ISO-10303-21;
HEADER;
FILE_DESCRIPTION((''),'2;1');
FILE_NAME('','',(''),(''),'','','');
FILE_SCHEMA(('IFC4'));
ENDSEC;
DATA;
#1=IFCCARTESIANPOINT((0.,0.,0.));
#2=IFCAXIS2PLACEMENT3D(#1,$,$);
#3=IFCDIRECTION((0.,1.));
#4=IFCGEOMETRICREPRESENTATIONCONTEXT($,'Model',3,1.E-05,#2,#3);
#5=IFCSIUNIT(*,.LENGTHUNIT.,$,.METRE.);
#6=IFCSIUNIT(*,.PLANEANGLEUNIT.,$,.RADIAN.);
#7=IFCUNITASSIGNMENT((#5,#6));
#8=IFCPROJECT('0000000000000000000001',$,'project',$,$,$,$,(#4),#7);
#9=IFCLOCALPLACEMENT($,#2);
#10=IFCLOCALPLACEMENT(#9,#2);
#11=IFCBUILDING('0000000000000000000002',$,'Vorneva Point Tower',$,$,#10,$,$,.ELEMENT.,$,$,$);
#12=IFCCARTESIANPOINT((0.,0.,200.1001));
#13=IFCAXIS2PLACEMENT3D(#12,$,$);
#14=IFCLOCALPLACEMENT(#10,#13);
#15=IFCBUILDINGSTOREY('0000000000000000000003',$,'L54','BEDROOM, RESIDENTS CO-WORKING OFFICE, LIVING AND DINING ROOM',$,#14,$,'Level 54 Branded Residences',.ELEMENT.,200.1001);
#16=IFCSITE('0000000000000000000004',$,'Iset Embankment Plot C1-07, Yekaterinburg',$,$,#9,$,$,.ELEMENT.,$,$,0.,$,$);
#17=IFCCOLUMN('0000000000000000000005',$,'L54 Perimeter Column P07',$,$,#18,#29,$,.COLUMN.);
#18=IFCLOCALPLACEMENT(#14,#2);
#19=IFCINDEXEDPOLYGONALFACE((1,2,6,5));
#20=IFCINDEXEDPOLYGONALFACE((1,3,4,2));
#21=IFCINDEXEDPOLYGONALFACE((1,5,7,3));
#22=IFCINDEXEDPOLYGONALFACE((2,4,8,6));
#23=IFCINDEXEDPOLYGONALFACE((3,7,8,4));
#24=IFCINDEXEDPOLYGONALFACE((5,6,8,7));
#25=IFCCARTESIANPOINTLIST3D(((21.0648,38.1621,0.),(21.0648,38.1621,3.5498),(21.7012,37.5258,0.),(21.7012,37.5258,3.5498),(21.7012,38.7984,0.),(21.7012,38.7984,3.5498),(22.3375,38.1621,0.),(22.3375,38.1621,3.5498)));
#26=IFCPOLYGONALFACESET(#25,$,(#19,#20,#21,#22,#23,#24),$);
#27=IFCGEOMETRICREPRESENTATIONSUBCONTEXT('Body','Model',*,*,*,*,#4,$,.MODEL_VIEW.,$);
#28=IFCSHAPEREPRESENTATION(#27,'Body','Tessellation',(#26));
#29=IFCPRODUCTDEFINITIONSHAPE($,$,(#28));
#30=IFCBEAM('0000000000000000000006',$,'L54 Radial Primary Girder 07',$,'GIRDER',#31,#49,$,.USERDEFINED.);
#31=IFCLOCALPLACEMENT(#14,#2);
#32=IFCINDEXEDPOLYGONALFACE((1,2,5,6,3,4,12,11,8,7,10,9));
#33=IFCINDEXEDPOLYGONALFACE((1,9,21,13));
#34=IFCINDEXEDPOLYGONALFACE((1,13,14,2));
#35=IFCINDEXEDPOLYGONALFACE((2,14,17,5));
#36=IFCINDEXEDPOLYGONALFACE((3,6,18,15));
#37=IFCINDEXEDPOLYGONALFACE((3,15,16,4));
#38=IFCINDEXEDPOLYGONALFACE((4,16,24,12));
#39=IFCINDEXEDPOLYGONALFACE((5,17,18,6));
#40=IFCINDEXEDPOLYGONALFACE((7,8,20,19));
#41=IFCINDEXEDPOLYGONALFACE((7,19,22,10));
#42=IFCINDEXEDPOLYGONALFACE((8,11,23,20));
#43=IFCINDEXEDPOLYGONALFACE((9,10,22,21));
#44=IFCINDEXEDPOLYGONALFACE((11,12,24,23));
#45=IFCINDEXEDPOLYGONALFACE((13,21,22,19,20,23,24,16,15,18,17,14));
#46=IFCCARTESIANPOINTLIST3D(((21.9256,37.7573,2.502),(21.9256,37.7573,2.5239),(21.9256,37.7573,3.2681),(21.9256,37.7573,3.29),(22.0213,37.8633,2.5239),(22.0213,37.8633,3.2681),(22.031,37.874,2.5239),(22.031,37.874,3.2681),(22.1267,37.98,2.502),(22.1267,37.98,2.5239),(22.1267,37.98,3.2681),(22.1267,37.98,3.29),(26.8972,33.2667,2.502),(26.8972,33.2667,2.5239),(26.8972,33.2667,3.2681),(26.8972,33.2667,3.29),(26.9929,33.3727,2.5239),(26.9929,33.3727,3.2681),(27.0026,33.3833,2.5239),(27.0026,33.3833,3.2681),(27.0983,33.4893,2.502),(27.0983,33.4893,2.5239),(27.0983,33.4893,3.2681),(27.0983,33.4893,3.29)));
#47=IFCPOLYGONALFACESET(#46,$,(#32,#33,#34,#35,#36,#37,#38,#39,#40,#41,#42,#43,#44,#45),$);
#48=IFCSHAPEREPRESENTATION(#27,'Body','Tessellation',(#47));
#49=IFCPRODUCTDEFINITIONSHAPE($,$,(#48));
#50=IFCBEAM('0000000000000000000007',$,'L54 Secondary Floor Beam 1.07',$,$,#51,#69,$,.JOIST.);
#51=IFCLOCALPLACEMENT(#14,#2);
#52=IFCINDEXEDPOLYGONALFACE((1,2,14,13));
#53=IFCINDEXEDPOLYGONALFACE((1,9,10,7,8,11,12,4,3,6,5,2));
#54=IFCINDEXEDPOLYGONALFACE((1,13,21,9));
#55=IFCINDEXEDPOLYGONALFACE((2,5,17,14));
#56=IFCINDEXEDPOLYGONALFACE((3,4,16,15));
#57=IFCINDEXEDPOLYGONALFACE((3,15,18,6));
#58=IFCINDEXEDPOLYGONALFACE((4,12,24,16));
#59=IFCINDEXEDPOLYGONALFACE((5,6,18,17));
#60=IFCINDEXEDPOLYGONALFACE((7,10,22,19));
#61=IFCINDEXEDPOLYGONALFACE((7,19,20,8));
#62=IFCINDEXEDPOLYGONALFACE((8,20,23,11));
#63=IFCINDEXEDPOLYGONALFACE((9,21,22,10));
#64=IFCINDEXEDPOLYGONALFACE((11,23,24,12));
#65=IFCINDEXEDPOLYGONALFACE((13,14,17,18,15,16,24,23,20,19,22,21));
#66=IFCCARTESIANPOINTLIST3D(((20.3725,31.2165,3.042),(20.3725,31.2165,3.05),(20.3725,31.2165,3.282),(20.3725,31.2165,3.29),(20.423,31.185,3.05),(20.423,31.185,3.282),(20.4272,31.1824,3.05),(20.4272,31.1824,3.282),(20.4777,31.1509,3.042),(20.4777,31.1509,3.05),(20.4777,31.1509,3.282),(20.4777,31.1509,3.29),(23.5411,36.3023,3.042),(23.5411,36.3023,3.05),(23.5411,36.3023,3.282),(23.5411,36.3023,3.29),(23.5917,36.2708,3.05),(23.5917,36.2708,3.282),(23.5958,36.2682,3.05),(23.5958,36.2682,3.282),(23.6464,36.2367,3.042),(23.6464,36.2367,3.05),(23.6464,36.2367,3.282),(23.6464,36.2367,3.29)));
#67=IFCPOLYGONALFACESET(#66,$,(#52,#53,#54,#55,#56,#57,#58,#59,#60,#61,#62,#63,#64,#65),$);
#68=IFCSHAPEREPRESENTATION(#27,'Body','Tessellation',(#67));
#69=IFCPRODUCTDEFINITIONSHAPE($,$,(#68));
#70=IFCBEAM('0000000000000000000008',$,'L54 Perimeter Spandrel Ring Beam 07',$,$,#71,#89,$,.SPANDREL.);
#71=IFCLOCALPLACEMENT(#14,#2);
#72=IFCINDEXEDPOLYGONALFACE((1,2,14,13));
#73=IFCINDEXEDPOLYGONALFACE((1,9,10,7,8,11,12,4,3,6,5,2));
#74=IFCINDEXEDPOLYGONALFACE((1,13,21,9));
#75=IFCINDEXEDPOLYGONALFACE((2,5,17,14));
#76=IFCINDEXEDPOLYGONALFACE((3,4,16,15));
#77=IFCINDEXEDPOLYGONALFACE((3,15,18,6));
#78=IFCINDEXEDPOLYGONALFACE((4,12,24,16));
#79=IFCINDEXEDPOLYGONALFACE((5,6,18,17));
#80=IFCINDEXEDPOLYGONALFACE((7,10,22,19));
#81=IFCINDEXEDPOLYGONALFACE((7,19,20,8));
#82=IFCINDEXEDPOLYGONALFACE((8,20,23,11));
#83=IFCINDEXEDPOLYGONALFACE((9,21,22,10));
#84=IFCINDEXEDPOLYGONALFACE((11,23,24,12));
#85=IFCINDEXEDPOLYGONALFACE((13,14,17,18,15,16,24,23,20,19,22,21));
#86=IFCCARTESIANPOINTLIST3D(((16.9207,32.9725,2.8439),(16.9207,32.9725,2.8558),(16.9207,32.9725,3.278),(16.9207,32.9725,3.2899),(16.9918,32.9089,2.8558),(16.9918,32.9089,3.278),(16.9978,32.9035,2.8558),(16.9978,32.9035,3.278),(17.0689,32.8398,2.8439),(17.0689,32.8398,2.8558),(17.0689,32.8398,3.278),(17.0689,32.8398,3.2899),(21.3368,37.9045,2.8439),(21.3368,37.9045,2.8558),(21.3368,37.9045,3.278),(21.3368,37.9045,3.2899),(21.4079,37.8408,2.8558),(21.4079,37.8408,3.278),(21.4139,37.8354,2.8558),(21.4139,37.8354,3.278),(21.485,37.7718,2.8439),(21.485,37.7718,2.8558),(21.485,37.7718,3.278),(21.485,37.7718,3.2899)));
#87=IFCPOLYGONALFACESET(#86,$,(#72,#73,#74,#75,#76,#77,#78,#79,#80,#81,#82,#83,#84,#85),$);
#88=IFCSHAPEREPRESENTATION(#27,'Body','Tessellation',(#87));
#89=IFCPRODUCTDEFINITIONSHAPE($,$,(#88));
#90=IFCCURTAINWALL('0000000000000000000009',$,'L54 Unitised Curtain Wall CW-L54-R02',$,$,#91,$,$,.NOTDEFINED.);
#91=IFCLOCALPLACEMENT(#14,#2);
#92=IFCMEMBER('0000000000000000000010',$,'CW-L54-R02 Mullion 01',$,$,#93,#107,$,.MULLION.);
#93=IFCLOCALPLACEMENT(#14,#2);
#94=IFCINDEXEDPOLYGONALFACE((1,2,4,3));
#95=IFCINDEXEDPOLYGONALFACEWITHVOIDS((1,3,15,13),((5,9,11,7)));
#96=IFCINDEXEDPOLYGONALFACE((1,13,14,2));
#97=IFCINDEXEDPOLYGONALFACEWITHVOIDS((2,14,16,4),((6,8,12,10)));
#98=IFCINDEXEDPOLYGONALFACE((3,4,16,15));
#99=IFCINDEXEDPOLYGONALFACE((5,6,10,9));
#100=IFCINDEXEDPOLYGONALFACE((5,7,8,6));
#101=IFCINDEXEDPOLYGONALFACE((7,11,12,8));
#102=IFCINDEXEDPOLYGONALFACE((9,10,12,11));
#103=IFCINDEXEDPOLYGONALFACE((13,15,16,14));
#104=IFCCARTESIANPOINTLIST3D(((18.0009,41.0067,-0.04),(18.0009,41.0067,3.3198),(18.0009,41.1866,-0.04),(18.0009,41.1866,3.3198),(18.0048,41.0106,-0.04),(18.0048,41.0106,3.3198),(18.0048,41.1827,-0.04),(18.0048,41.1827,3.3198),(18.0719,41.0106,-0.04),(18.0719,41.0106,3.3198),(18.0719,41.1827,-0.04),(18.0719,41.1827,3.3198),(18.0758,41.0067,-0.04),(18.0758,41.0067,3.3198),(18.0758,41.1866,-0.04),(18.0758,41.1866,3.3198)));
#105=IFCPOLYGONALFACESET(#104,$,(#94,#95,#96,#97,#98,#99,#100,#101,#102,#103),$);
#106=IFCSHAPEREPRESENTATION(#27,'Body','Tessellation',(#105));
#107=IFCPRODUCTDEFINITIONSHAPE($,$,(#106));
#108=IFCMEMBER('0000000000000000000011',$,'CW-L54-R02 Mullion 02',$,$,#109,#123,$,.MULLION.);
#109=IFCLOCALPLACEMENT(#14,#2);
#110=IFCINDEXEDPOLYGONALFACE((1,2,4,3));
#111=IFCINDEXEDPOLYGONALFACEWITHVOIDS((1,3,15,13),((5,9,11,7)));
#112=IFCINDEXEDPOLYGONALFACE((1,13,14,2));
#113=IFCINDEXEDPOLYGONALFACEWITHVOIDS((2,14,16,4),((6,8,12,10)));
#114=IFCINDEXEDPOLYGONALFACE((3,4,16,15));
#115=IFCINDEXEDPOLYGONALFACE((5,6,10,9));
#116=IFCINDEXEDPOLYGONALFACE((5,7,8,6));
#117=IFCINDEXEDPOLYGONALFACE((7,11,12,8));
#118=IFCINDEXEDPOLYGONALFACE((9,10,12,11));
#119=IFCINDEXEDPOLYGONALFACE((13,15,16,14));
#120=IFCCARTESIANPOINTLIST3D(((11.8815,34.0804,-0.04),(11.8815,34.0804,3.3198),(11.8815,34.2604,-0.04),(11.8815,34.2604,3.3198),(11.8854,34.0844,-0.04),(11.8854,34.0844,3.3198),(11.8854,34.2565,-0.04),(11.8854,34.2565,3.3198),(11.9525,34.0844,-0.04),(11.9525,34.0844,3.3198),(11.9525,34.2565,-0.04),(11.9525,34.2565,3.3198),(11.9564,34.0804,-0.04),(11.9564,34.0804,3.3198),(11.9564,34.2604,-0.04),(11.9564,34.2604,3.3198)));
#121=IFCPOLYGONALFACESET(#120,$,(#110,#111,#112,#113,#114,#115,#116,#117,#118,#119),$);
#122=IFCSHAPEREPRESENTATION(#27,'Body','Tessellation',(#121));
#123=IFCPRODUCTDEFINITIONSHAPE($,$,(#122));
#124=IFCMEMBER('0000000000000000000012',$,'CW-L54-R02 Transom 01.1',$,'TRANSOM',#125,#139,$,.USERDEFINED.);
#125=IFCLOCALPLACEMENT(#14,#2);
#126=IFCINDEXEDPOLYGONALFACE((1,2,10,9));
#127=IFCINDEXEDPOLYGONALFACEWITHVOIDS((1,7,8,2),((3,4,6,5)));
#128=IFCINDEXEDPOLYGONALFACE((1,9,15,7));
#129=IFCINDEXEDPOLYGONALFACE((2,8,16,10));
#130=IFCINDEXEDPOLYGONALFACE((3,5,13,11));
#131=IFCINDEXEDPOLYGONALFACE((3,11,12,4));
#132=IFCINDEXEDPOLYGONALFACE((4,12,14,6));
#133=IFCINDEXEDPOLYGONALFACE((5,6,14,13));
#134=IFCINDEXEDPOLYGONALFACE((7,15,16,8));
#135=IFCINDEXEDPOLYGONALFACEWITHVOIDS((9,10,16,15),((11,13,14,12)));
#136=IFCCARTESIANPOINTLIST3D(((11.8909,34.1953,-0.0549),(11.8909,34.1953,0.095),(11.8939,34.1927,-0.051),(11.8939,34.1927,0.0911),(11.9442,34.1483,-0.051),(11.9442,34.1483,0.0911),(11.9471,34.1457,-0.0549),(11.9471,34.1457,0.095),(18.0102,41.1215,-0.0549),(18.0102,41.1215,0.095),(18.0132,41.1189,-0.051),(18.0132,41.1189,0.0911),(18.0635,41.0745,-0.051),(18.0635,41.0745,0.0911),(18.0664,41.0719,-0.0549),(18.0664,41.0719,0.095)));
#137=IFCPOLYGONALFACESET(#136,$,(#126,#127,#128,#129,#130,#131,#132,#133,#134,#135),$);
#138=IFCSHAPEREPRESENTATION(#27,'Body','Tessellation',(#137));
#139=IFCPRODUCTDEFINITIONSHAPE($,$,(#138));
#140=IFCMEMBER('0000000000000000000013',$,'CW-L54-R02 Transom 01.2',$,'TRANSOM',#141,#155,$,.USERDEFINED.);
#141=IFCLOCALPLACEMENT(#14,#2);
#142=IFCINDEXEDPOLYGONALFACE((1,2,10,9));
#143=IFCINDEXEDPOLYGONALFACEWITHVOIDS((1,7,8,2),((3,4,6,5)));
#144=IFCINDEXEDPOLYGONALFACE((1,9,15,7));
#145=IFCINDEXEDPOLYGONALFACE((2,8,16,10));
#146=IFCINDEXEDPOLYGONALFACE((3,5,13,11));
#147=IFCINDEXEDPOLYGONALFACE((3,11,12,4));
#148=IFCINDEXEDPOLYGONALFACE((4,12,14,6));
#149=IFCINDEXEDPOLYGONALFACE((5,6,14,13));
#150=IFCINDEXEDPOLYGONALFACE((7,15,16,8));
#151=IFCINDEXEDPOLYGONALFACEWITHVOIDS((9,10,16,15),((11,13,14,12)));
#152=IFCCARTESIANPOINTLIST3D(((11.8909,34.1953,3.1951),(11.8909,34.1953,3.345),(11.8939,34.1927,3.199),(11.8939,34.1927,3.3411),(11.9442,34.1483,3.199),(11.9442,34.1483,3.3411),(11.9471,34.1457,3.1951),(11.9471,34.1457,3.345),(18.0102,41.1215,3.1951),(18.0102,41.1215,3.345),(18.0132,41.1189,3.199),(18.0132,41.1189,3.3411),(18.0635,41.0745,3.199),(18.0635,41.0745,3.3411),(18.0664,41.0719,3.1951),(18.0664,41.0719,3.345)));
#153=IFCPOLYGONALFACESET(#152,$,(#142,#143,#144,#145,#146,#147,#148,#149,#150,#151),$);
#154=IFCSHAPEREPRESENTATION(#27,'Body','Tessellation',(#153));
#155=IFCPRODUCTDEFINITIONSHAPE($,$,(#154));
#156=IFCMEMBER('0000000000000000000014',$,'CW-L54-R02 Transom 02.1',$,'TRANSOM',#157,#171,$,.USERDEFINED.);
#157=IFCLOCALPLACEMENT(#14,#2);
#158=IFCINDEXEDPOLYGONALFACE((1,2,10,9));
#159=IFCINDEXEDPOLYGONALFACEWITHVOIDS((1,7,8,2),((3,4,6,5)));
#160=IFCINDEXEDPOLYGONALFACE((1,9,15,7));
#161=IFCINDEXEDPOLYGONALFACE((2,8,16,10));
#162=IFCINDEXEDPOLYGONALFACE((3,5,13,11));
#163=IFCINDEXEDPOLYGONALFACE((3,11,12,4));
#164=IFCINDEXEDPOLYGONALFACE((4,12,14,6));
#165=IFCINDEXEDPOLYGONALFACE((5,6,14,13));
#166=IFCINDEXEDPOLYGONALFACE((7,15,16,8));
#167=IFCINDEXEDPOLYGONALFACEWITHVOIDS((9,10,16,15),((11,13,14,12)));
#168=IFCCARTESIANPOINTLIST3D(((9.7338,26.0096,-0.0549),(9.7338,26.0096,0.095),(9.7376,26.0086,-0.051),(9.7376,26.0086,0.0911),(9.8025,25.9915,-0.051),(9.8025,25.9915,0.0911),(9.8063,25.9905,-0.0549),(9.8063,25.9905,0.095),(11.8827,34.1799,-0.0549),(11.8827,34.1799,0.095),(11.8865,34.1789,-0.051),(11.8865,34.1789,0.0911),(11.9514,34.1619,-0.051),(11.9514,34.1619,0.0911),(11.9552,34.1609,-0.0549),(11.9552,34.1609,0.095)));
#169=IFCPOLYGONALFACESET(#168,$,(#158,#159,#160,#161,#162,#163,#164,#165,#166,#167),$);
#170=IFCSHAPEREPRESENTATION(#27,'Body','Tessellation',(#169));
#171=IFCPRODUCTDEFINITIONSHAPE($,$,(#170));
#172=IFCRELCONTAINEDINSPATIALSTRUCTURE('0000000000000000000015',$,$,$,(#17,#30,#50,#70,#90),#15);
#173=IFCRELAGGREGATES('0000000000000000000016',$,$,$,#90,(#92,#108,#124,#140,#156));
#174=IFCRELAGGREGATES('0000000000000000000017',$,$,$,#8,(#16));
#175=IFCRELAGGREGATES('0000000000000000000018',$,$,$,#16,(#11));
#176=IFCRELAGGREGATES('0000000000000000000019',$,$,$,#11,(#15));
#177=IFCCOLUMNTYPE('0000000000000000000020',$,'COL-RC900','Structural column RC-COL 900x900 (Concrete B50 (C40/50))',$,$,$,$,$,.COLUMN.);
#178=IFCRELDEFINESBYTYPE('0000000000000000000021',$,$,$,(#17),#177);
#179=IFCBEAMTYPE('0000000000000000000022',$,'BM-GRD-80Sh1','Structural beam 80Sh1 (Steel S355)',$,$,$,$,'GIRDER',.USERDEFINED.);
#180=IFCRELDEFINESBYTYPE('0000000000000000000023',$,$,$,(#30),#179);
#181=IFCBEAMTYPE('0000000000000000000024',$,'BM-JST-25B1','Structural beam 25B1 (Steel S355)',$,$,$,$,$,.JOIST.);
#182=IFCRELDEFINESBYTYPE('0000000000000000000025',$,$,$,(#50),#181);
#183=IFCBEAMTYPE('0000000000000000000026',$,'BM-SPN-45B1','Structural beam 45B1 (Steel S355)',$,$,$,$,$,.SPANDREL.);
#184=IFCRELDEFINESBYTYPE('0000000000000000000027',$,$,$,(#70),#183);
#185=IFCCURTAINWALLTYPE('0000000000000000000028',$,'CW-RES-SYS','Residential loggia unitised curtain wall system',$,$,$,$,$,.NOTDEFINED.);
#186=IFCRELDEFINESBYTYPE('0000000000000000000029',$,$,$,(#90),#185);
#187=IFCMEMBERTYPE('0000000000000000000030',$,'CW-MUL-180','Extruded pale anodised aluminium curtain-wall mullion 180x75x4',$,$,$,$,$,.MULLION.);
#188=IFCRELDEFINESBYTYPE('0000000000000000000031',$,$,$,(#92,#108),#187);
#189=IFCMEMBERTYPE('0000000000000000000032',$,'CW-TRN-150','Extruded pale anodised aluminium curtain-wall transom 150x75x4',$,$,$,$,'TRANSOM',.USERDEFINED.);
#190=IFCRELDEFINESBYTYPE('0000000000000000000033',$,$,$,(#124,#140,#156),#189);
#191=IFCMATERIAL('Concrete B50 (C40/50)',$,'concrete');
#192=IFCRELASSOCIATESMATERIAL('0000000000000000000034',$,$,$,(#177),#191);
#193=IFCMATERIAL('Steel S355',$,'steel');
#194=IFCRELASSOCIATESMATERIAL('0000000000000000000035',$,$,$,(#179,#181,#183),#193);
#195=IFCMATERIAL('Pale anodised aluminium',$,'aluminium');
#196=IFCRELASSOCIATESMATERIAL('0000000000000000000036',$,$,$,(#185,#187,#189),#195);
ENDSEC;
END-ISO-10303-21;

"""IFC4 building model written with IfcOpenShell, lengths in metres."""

from ifc_helpers import new_model, si_unit, direction, frame, origin, origin_2d, place, context, subcontext, project, spatial, rectangle, hollow_rectangle, i_section, extrude, material, material_profile, profile_set, type_object, element, aggregate, save


model = new_model("IFC4")

# Units and contexts
model_context = context("Model", 3, precision=1e-05, world=origin(), true_north=direction((0.0, 1.0)))
body_context = subcontext(model_context, "Body", "Model", "MODEL_VIEW")
ifc_project = project(units=[si_unit("LENGTHUNIT", "METRE"), si_unit("PLANEANGLEUNIT", "RADIAN")], contexts=[model_context])

# Site, building, storey
site_placement = place(None, origin())
site = spatial("IfcSite", under=ifc_project, at=site_placement, Name="Iset Embankment Plot C1-07, Yekaterinburg", CompositionType="ELEMENT", RefElevation=0.0)
building_placement = place(site_placement, origin())
building = spatial("IfcBuilding", under=site, at=building_placement, Name="Vorneva Point Tower", CompositionType="ELEMENT")
storey_placement = place(building_placement, frame((0.0, 0.0, 200.1001)))
storey = spatial("IfcBuildingStorey", under=building, at=storey_placement, Name="L54", Description="BEDROOM, RESIDENTS CO-WORKING OFFICE, LIVING AND DINING ROOM", LongName="Level 54 Branded Residences", CompositionType="ELEMENT", Elevation=200.1001)

# Column
ifc_material_1 = material(Name="Concrete B50 (C40/50)", Category="concrete")
ifc_material_profile_1 = material_profile(ifc_material_1, rectangle(XDim=0.8999, YDim=0.8999, at=origin_2d()), Name="RC-COL 900x900")
ifc_profile_set_1 = profile_set([ifc_material_profile_1], Name="Concrete B50 (C40/50)")
column_type = type_object("IfcColumnType", Name="COL-RC900", Description="Structural column RC-COL 900x900 (Concrete B50 (C40/50))", PredefinedType="COLUMN", material=ifc_profile_set_1)
column_placement = place(storey_placement, frame((21.7012, 38.1621, 0.0), z_axis=(0.0, 0.0, 1.0), x_axis=(-0.707107, 0.707107, 0.0)))
element("IfcColumn", 1, at=column_placement, inside=storey, type_object=column_type, Name="L54 Perimeter Column P07", PredefinedType="COLUMN", context=body_context, shape_type="SweptSolid", body=[
    extrude(rectangle(XDim=0.8999, YDim=0.8999, at=origin_2d()), origin(), (0.0, 0.0, 1.0), 3.5498),
])

# Beams
ifc_material_2 = material(Name="Steel S355", Category="steel")
ifc_material_profile_2 = material_profile(ifc_material_2, i_section(OverallWidth=0.3, OverallDepth=0.7881, WebThickness=0.0144, FlangeThickness=0.022, at=origin_2d()), Name="80Sh1")
ifc_profile_set_2 = profile_set([ifc_material_profile_2], Name="Steel S355")
beam_type_1 = type_object("IfcBeamType", Name="BM-GRD-80Sh1", Description="Structural beam 80Sh1 (Steel S355)", ElementType="GIRDER", PredefinedType="USERDEFINED", material=ifc_profile_set_2)
beam_1_placement = place(storey_placement, frame((22.0261, 37.8687, 2.896), z_axis=(0.74209, -0.670301, 0.0), x_axis=(0.670301, 0.74209, 0.0)))
element("IfcBeam", 2, at=beam_1_placement, inside=storey, type_object=beam_type_1, Name="L54 Radial Primary Girder 07", ObjectType="GIRDER", PredefinedType="USERDEFINED", context=body_context, shape_type="SweptSolid", body=[
    extrude(i_section(OverallWidth=0.3, OverallDepth=0.7881, WebThickness=0.0144, FlangeThickness=0.022, at=origin_2d()), origin(), (0.0, 0.0, 1.0), 6.6995),
])
ifc_material_profile_3 = material_profile(ifc_material_2, i_section(OverallWidth=0.124, OverallDepth=0.248, WebThickness=0.0049, FlangeThickness=0.0081, at=origin_2d()), Name="25B1")
ifc_profile_set_3 = profile_set([ifc_material_profile_3], Name="Steel S355")
beam_type_2 = type_object("IfcBeamType", Name="BM-JST-25B1", Description="Structural beam 25B1 (Steel S355)", PredefinedType="JOIST", material=ifc_profile_set_3)
beam_2_placement = place(storey_placement, frame((23.5938, 36.2695, 3.166), z_axis=(-0.528797, -0.848748, 0.0), x_axis=(0.848748, -0.528797, 0.0)))
element("IfcBeam", 3, at=beam_2_placement, inside=storey, type_object=beam_type_2, Name="L54 Secondary Floor Beam 1.07", PredefinedType="JOIST", context=body_context, shape_type="SweptSolid", body=[
    extrude(i_section(OverallWidth=0.124, OverallDepth=0.248, WebThickness=0.0049, FlangeThickness=0.0081, at=origin_2d()), origin(), (0.0, 0.0, 1.0), 5.9922),
])
ifc_material_profile_4 = material_profile(ifc_material_2, i_section(OverallWidth=0.199, OverallDepth=0.446, WebThickness=0.0081, FlangeThickness=0.012, at=origin_2d()), Name="45B1")
ifc_profile_set_4 = profile_set([ifc_material_profile_4], Name="Steel S355")
beam_type_3 = type_object("IfcBeamType", Name="BM-SPN-45B1", Description="Structural beam 45B1 (Steel S355)", PredefinedType="SPANDREL", material=ifc_profile_set_4)
beam_3_placement = place(storey_placement, frame((21.4109, 37.8381, 3.0669), z_axis=(-0.66707, -0.744995, 0.0), x_axis=(0.744995, -0.66707, 0.0)))
element("IfcBeam", 4, at=beam_3_placement, inside=storey, type_object=beam_type_3, Name="L54 Perimeter Spandrel Ring Beam 07", PredefinedType="SPANDREL", context=body_context, shape_type="SweptSolid", body=[
    extrude(i_section(OverallWidth=0.199, OverallDepth=0.446, WebThickness=0.0081, FlangeThickness=0.012, at=origin_2d()), origin(), (0.0, 0.0, 1.0), 6.6201),
])

# Curtain wall, members
ifc_material_3 = material(Name="Pale anodised aluminium", Category="aluminium")
curtain_wall_type = type_object("IfcCurtainWallType", Name="CW-RES-SYS", Description="Residential loggia unitised curtain wall system", PredefinedType="NOTDEFINED", material=ifc_material_3)
curtain_wall_placement = place(storey_placement, origin())
curtain_wall = element("IfcCurtainWall", 5, at=curtain_wall_placement, inside=storey, type_object=curtain_wall_type, Name="L54 Unitised Curtain Wall CW-L54-R02", PredefinedType="NOTDEFINED")
ifc_material_profile_5 = material_profile(ifc_material_3, hollow_rectangle(XDim=0.075, YDim=0.1799, WallThickness=0.0039, at=origin_2d()), Name="AL-MUL 180x75x4")
ifc_profile_set_5 = profile_set([ifc_material_profile_5], Name="Pale anodised aluminium")
member_type_1 = type_object("IfcMemberType", Name="CW-MUL-180", Description="Extruded pale anodised aluminium curtain-wall mullion 180x75x4", PredefinedType="MULLION", material=ifc_profile_set_5)
member_1_placement = place(storey_placement, frame((18.0383, 41.0967, -0.04), z_axis=(0.0, 0.0, 1.0), x_axis=(1.0, 0.0, 0.0)))
member_1 = element("IfcMember", 6, at=member_1_placement, type_object=member_type_1, Name="CW-L54-R02 Mullion 01", PredefinedType="MULLION", context=body_context, shape_type="SweptSolid", body=[
    extrude(hollow_rectangle(XDim=0.075, YDim=0.1799, WallThickness=0.0039, at=origin_2d()), origin(), (0.0, 0.0, 1.0), 3.3599),
])
member_2_placement = place(storey_placement, frame((11.9189, 34.1704, -0.04), z_axis=(0.0, 0.0, 1.0), x_axis=(1.0, 0.0, 0.0)))
member_2 = element("IfcMember", 7, at=member_2_placement, type_object=member_type_1, Name="CW-L54-R02 Mullion 02", PredefinedType="MULLION", context=body_context, shape_type="SweptSolid", body=[
    extrude(hollow_rectangle(XDim=0.075, YDim=0.1799, WallThickness=0.0039, at=origin_2d()), origin(), (0.0, 0.0, 1.0), 3.3599),
])
ifc_material_profile_6 = material_profile(ifc_material_3, hollow_rectangle(XDim=0.075, YDim=0.1499, WallThickness=0.0039, at=origin_2d()), Name="AL-TRN 150x75x4")
ifc_profile_set_6 = profile_set([ifc_material_profile_6], Name="Pale anodised aluminium")
member_type_2 = type_object("IfcMemberType", Name="CW-TRN-150", Description="Extruded pale anodised aluminium curtain-wall transom 150x75x4", ElementType="TRANSOM", PredefinedType="USERDEFINED", material=ifc_profile_set_6)
member_3_placement = place(storey_placement, frame((18.0383, 41.0967, 0.02), z_axis=(-0.662106, -0.74941, 0.0), x_axis=(0.74941, -0.662106, 0.0)))
member_3 = element("IfcMember", 8, at=member_3_placement, type_object=member_type_2, Name="CW-L54-R02 Transom 01.1", ObjectType="TRANSOM", PredefinedType="USERDEFINED", context=body_context, shape_type="SweptSolid", body=[
    extrude(hollow_rectangle(XDim=0.075, YDim=0.1499, WallThickness=0.0039, at=origin_2d()), origin(), (0.0, 0.0, 1.0), 9.2422),
])
member_4_placement = place(storey_placement, frame((18.0383, 41.0967, 3.27), z_axis=(-0.662106, -0.74941, 0.0), x_axis=(0.74941, -0.662106, 0.0)))
member_4 = element("IfcMember", 9, at=member_4_placement, type_object=member_type_2, Name="CW-L54-R02 Transom 01.2", ObjectType="TRANSOM", PredefinedType="USERDEFINED", context=body_context, shape_type="SweptSolid", body=[
    extrude(hollow_rectangle(XDim=0.075, YDim=0.1499, WallThickness=0.0039, at=origin_2d()), origin(), (0.0, 0.0, 1.0), 9.2422),
])
member_5_placement = place(storey_placement, frame((11.9189, 34.1704, 0.02), z_axis=(-0.254362, -0.967109, 0.0), x_axis=(0.967109, -0.254362, 0.0)))
member_5 = element("IfcMember", 10, at=member_5_placement, type_object=member_type_2, Name="CW-L54-R02 Transom 02.1", ObjectType="TRANSOM", PredefinedType="USERDEFINED", context=body_context, shape_type="SweptSolid", body=[
    extrude(hollow_rectangle(XDim=0.075, YDim=0.1499, WallThickness=0.0039, at=origin_2d()), origin(), (0.0, 0.0, 1.0), 8.4482),
])
aggregate(curtain_wall, [member_1, member_2, member_3, member_4, member_5])

save(model, "model.ifc")
